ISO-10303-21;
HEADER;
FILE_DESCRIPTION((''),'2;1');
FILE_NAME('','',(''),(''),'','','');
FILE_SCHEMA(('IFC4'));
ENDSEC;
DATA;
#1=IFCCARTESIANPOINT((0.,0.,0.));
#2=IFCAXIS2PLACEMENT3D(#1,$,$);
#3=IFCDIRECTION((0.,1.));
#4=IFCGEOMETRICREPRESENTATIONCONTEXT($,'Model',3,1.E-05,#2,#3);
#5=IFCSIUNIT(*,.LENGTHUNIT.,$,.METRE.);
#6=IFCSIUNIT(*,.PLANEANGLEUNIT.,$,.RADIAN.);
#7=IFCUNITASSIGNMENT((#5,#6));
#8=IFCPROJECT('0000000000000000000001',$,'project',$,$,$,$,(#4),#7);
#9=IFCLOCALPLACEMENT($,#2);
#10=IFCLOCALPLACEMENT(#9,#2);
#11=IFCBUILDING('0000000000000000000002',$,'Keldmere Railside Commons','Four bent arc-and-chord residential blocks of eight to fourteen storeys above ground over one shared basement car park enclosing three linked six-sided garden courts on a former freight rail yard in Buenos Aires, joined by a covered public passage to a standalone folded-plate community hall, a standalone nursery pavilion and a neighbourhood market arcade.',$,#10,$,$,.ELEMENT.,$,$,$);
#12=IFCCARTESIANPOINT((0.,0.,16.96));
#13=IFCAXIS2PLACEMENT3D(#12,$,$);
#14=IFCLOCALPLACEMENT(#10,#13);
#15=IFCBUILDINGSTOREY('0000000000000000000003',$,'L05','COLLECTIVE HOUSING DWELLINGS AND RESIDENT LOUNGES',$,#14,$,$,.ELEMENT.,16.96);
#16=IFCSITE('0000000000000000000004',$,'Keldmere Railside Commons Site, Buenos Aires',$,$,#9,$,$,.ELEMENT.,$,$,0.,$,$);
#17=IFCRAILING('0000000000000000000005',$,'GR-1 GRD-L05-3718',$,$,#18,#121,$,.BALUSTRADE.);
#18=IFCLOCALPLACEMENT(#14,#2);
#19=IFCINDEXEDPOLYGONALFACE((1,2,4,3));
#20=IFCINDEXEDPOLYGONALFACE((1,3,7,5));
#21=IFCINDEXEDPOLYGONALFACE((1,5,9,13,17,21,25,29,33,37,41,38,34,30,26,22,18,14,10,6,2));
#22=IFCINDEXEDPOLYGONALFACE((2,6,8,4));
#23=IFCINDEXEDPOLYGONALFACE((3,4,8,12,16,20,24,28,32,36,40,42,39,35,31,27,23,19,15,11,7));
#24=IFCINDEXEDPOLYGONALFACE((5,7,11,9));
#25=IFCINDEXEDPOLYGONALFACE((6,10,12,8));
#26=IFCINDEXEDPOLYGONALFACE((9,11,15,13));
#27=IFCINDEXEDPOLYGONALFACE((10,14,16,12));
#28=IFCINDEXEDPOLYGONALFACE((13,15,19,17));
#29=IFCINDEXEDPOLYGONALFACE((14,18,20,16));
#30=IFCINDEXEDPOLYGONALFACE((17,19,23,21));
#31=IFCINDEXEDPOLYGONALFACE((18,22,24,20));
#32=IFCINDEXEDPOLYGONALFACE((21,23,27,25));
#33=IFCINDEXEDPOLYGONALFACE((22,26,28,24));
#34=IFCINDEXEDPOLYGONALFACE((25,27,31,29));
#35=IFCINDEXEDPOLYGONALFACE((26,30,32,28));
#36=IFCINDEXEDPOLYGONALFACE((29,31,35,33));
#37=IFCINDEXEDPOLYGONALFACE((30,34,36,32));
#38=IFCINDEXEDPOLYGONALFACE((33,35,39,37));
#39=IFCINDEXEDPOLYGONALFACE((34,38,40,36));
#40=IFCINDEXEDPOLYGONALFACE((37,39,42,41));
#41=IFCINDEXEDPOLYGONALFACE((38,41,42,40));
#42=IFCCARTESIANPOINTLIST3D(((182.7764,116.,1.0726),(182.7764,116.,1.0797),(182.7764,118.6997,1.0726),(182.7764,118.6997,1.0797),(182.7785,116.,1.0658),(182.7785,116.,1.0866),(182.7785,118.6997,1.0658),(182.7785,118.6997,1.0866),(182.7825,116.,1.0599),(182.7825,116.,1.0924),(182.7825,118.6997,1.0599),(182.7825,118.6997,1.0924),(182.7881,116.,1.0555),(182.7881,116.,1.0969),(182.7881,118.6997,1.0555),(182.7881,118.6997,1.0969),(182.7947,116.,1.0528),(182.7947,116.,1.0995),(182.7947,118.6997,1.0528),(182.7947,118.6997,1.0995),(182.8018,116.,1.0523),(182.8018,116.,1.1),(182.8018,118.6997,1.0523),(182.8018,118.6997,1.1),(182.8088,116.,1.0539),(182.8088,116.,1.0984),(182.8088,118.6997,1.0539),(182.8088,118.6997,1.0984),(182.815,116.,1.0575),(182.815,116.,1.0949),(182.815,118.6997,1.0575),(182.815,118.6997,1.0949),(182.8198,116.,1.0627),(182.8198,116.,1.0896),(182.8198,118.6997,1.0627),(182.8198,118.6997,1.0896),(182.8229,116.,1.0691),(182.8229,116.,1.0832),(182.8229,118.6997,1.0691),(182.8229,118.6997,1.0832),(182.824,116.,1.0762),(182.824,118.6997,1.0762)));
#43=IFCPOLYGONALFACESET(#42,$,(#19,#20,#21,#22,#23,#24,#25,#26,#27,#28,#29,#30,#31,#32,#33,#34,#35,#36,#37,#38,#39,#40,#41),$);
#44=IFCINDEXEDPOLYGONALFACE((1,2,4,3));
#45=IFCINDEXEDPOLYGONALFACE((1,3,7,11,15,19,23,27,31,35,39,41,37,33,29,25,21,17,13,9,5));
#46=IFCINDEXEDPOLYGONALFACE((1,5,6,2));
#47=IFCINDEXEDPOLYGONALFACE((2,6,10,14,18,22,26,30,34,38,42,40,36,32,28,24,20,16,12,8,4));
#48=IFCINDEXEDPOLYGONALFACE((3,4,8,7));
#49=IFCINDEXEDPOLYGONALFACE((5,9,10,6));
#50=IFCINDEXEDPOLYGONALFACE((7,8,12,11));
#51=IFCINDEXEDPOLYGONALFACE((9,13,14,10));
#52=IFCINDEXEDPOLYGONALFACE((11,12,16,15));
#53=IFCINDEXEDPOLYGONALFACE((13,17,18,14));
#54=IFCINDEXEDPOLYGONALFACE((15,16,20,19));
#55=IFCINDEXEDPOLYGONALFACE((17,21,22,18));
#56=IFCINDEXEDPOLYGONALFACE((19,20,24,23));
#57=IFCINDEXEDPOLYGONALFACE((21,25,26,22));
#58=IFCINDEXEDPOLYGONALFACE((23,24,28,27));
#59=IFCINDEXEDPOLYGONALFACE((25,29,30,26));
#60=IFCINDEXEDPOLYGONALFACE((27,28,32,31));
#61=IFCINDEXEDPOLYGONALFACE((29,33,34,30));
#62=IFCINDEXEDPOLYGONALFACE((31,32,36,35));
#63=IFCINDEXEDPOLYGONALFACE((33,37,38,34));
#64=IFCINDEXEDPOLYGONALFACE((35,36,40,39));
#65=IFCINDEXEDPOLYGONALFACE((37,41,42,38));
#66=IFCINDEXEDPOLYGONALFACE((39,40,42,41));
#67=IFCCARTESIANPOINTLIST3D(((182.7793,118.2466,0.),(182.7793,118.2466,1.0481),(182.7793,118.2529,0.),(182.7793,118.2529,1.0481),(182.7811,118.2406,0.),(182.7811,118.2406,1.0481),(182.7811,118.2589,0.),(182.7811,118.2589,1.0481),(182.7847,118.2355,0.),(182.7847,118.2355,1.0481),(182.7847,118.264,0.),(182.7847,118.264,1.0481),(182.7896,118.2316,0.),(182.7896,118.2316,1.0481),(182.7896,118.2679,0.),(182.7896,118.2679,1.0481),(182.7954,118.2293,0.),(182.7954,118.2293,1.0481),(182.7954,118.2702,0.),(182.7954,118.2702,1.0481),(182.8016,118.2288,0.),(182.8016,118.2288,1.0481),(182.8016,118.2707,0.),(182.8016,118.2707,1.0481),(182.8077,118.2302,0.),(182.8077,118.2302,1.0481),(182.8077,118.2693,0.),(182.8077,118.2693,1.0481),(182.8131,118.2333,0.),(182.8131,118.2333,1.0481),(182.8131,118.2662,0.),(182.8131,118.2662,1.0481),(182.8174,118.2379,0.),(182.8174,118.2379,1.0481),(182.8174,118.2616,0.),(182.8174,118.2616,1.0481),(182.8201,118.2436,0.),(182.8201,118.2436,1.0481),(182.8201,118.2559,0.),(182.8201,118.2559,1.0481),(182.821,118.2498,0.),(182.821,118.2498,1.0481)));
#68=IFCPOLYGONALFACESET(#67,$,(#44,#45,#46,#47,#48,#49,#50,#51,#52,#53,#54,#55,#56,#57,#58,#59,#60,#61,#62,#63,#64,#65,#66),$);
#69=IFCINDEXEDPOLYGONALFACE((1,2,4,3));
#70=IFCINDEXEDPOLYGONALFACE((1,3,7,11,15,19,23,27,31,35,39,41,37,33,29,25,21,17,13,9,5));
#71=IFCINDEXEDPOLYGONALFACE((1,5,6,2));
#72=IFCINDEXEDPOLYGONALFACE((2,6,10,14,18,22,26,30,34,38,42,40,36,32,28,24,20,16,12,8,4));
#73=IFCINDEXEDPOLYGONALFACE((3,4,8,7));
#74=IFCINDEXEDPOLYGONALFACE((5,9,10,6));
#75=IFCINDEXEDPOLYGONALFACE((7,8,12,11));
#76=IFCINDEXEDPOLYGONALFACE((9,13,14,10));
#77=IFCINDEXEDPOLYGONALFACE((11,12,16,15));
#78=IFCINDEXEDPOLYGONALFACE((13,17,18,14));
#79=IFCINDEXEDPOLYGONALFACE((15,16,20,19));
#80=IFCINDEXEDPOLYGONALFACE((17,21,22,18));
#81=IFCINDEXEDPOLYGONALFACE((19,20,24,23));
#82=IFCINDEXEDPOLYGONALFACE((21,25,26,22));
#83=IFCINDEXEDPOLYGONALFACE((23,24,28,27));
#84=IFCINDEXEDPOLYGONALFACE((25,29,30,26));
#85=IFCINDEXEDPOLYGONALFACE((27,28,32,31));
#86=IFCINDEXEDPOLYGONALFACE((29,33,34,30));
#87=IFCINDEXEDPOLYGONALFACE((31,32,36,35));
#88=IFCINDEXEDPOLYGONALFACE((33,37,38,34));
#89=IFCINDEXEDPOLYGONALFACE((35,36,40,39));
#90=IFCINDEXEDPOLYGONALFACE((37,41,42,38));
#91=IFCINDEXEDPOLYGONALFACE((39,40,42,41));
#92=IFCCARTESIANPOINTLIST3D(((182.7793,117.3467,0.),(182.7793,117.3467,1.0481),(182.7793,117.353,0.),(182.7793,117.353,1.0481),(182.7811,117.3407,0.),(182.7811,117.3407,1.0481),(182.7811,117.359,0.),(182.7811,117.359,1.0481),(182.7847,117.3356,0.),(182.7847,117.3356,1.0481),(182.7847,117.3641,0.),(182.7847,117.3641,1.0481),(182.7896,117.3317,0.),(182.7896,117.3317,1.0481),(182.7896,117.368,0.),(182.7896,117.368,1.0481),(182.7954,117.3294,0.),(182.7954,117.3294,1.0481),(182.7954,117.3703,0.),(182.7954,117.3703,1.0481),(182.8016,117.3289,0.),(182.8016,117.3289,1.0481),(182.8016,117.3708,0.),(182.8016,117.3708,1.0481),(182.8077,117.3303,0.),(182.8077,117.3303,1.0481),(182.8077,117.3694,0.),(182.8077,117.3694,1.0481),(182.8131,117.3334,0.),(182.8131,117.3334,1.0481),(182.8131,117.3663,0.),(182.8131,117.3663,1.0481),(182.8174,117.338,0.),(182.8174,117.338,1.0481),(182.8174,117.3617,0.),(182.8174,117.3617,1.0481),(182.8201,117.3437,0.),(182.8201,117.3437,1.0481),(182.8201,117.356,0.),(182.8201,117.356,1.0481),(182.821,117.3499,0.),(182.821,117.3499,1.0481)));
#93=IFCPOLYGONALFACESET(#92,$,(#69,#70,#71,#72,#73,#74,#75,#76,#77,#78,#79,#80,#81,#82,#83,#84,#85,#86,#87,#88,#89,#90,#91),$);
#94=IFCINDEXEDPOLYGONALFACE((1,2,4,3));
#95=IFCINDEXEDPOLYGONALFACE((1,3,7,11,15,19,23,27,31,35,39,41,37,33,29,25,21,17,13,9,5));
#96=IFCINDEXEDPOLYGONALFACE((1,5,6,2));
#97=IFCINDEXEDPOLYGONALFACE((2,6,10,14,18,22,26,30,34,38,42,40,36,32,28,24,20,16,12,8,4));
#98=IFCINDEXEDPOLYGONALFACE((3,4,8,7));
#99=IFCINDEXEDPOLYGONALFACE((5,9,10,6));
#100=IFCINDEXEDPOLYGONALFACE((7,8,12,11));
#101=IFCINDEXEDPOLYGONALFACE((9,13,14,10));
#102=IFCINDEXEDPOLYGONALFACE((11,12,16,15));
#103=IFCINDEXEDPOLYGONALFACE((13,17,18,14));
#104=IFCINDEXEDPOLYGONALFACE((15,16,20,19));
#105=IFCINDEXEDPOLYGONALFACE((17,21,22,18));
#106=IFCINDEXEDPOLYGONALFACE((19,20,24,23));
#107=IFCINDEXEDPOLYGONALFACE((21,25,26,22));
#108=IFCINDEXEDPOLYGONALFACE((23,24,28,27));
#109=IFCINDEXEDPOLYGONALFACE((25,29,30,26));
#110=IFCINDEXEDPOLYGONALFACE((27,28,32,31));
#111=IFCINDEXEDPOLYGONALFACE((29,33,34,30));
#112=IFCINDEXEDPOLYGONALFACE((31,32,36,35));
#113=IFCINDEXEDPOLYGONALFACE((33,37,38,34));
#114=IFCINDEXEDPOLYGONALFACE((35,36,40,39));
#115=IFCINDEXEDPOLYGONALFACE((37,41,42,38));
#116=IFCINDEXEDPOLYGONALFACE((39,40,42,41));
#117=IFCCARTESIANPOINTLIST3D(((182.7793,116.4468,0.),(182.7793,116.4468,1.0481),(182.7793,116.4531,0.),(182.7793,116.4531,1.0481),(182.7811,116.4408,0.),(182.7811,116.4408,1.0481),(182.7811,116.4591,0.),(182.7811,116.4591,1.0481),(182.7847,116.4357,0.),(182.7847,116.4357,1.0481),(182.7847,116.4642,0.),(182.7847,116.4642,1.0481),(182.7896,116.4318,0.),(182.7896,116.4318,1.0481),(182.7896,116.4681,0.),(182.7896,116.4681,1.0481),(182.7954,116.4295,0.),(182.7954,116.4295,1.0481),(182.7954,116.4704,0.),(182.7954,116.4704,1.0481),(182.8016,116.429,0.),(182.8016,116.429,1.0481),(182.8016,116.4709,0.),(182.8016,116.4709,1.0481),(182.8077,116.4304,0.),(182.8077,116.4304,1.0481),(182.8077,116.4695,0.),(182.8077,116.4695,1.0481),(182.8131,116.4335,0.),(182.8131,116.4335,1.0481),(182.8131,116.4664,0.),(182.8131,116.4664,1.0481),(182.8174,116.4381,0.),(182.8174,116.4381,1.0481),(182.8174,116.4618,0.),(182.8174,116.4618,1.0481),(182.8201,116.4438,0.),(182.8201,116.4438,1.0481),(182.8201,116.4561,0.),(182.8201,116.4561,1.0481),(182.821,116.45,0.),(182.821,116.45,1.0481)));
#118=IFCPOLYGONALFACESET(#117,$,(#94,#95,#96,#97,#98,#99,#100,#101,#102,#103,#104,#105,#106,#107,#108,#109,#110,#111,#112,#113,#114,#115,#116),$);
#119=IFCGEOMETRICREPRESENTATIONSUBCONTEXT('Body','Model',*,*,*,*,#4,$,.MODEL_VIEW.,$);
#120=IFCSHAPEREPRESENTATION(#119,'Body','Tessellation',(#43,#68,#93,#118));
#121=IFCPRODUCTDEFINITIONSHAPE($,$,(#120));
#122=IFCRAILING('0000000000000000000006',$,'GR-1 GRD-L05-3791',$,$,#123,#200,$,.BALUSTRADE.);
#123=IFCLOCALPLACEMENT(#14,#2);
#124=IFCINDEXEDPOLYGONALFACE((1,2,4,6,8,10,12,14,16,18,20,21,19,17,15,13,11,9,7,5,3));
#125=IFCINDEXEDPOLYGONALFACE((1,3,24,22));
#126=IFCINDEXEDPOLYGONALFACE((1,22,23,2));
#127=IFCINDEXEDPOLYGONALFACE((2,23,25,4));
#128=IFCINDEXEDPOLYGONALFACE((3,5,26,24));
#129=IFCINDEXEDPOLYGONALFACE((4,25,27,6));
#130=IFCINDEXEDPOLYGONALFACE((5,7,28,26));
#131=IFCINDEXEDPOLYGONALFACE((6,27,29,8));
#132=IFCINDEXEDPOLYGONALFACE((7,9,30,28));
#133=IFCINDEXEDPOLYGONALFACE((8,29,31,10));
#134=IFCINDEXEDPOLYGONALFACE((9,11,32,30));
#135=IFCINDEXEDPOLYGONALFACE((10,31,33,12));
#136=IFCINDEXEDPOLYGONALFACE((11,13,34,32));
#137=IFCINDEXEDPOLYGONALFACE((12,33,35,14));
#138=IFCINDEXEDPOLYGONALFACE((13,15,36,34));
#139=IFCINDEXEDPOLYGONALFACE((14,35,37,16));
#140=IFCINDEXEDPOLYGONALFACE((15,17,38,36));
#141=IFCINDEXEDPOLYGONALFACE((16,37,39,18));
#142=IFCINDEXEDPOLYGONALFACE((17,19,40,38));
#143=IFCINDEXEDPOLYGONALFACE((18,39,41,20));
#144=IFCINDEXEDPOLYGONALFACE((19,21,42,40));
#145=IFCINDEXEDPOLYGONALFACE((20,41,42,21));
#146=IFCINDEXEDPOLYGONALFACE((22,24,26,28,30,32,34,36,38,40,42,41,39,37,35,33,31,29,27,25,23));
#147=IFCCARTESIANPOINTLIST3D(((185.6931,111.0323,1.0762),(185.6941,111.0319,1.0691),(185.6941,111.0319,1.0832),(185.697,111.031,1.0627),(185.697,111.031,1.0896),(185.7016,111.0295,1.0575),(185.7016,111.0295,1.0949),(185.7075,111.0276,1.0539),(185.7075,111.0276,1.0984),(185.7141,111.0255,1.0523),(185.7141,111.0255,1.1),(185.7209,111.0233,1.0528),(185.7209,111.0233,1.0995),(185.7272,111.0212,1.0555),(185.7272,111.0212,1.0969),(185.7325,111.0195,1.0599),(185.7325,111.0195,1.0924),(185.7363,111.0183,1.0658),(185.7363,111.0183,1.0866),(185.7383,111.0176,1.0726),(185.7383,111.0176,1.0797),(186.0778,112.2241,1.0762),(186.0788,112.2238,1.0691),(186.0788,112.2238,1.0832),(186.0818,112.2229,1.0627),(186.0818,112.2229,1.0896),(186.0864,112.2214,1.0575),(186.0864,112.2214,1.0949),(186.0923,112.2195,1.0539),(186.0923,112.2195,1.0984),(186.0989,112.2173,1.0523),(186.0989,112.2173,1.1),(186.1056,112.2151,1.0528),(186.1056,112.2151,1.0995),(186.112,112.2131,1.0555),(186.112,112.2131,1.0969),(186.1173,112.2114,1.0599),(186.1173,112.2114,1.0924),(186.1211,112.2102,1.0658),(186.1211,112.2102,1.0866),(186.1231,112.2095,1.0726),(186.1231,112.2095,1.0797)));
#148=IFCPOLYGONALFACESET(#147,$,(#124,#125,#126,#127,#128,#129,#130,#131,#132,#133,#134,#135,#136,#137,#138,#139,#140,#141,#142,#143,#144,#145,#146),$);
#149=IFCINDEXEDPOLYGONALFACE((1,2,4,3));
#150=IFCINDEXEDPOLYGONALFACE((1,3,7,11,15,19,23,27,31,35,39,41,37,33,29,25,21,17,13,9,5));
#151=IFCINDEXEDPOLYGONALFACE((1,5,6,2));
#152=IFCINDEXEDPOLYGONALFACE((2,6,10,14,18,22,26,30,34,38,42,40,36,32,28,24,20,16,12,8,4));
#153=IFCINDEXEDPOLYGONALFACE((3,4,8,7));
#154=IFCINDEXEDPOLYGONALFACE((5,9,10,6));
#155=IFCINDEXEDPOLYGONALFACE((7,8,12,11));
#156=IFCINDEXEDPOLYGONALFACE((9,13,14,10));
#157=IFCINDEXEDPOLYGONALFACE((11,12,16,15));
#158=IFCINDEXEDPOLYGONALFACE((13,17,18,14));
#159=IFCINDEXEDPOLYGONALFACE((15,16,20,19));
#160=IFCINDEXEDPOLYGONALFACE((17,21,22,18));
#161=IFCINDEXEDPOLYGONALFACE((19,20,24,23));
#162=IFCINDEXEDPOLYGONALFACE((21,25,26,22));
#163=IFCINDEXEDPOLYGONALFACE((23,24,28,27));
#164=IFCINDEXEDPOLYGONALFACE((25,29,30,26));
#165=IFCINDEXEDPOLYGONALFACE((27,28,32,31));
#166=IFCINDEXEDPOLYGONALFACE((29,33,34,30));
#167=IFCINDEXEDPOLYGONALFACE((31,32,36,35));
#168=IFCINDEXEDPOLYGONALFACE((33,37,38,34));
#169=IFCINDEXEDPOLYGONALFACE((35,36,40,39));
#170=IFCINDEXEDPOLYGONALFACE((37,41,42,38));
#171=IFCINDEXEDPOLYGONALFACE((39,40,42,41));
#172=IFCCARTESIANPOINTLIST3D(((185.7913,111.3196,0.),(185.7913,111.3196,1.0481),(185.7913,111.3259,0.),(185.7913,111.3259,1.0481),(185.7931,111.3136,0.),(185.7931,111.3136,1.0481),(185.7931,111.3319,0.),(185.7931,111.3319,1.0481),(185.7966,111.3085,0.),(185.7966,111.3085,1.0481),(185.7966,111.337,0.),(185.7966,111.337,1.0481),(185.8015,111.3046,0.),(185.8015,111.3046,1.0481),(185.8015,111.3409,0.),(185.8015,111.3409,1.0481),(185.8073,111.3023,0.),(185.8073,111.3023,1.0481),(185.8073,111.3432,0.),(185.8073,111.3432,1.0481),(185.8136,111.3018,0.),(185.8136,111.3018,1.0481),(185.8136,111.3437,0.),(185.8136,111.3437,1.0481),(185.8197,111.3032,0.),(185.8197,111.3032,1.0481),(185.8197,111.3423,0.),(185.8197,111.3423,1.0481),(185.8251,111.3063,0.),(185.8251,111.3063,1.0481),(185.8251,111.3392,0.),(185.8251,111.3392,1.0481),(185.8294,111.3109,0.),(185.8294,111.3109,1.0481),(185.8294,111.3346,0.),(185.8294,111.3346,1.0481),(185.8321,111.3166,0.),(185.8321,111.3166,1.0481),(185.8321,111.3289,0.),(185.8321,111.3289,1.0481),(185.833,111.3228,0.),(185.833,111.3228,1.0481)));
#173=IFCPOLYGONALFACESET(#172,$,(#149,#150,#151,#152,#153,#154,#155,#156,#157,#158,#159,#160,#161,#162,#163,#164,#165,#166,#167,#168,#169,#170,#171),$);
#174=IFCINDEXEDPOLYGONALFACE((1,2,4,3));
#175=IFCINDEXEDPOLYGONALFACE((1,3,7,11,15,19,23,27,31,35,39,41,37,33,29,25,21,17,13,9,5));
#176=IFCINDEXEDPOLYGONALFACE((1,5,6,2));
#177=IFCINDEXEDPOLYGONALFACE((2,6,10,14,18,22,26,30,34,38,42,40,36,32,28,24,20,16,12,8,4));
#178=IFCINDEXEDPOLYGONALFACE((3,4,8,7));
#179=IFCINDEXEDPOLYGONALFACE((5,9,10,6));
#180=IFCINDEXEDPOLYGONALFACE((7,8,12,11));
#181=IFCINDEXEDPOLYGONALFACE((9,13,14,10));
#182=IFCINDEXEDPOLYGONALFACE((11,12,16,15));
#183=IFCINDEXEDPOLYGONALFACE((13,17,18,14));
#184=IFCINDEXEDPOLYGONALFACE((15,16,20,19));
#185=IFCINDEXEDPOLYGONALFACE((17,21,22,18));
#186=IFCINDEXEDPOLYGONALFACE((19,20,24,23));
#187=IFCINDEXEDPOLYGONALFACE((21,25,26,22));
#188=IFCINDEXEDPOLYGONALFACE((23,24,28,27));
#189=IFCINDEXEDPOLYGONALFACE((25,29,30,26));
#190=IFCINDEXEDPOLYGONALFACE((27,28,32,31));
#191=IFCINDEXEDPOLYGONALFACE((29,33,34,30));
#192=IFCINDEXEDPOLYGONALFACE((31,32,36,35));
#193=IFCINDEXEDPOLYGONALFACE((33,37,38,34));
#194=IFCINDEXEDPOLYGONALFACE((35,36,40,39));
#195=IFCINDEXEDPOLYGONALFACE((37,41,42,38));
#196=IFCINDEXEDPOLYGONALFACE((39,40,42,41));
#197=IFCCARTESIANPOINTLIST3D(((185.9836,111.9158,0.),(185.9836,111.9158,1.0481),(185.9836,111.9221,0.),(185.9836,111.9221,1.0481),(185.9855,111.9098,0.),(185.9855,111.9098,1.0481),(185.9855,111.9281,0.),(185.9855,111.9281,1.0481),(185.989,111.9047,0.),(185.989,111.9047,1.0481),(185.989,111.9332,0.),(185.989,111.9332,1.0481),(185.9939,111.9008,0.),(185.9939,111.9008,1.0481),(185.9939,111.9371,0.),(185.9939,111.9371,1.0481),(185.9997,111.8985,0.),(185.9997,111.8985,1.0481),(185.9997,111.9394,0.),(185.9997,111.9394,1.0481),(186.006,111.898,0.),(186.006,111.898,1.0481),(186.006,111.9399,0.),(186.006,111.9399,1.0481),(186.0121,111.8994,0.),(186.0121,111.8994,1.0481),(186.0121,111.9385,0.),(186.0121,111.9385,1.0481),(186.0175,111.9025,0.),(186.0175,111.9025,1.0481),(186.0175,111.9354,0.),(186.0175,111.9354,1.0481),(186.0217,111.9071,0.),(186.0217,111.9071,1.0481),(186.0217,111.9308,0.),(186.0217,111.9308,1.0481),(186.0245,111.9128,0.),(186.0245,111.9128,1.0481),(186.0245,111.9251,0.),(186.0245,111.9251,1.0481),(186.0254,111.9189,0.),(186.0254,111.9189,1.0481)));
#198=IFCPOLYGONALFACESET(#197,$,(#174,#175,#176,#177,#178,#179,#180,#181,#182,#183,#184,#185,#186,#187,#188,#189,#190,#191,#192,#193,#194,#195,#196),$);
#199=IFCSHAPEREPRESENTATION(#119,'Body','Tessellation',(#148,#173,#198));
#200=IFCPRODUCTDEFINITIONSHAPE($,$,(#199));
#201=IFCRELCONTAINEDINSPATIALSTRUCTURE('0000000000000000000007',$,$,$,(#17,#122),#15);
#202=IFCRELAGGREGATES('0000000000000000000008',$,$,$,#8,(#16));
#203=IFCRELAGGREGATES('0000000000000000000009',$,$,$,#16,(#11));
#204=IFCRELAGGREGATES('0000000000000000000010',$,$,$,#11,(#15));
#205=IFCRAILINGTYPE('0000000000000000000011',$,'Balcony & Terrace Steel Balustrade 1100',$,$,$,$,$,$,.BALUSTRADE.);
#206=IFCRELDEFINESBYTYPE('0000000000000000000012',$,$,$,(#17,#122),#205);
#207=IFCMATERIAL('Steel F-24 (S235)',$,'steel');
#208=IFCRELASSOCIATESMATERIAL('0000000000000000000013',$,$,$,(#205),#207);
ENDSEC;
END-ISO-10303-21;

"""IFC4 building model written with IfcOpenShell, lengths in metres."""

from ifc_helpers import new_model, si_unit, direction, frame, origin, origin_2d, place, context, subcontext, project, spatial, circle, extrude, material, type_object, element, save


model = new_model("IFC4")

# Units and contexts
model_context = context("Model", 3, precision=1e-05, world=origin(), true_north=direction((0.0, 1.0)))
body_context = subcontext(model_context, "Body", "Model", "MODEL_VIEW")
ifc_project = project(units=[si_unit("LENGTHUNIT", "METRE"), si_unit("PLANEANGLEUNIT", "RADIAN")], contexts=[model_context])

# Site, building, storey
site_placement = place(None, origin())
site = spatial("IfcSite", under=ifc_project, at=site_placement, Name="Keldmere Railside Commons Site, Buenos Aires", CompositionType="ELEMENT", RefElevation=0.0)
building_placement = place(site_placement, origin())
building = spatial("IfcBuilding", under=site, at=building_placement, Name="Keldmere Railside Commons", Description="Four bent arc-and-chord residential blocks of eight to fourteen storeys above ground over one shared basement car park enclosing three linked six-sided garden courts on a former freight rail yard in Buenos Aires, joined by a covered public passage to a standalone folded-plate community hall, a standalone nursery pavilion and a neighbourhood market arcade.", CompositionType="ELEMENT")
storey_placement = place(building_placement, frame((0.0, 0.0, 16.96)))
storey = spatial("IfcBuildingStorey", under=building, at=storey_placement, Name="L05", Description="COLLECTIVE HOUSING DWELLINGS AND RESIDENT LOUNGES", CompositionType="ELEMENT", Elevation=16.96)

# Railings
ifc_material_1 = material(Name="Steel F-24 (S235)", Category="steel")
railing_type = type_object("IfcRailingType", Name="Balcony & Terrace Steel Balustrade 1100", PredefinedType="BALUSTRADE", material=ifc_material_1)
railing_1_placement = place(storey_placement, frame((182.8, 118.6997, 0.0)))
element("IfcRailing", 1, at=railing_1_placement, inside=storey, type_object=railing_type, Name="GR-1 GRD-L05-3718", PredefinedType="BALUSTRADE", context=body_context, shape_type="SweptSolid", body=[
    extrude(circle(Radius=0.0239, at=origin_2d()), frame((0.0, 0.0, 1.0762), z_axis=(0.0, -1.0, 0.0), x_axis=(1.0, 0.0, 0.0)), (0.0, 0.0, 1.0), 2.6997),
    extrude(circle(Radius=0.021, at=origin_2d()), frame((0.0, -0.45, 0.0)), (0.0, 0.0, 1.0), 1.0481),
    extrude(circle(Radius=0.021, at=origin_2d()), frame((0.0, -1.3499, 0.0)), (0.0, 0.0, 1.0), 1.0481),
    extrude(circle(Radius=0.021, at=origin_2d()), frame((0.0, -2.2498, 0.0)), (0.0, 0.0, 1.0), 1.0481),
])
railing_2_placement = place(storey_placement, frame((185.7158, 111.0249, 0.0)))
element("IfcRailing", 2, at=railing_2_placement, inside=storey, type_object=railing_type, Name="GR-1 GRD-L05-3791", PredefinedType="BALUSTRADE", context=body_context, shape_type="SweptSolid", body=[
    extrude(circle(Radius=0.0239, at=origin_2d()), frame((0.0, 0.0, 1.0762), z_axis=(0.307208, 0.951642, 0.0), x_axis=(-0.951642, 0.307208, 0.0)), (0.0, 0.0, 1.0), 1.2524),
    extrude(circle(Radius=0.021, at=origin_2d()), frame((0.0962, 0.2979, 0.0)), (0.0, 0.0, 1.0), 1.0481),
    extrude(circle(Radius=0.021, at=origin_2d()), frame((0.2886, 0.894, 0.0)), (0.0, 0.0, 1.0), 1.0481),
])

save(model, "model.ifc")
